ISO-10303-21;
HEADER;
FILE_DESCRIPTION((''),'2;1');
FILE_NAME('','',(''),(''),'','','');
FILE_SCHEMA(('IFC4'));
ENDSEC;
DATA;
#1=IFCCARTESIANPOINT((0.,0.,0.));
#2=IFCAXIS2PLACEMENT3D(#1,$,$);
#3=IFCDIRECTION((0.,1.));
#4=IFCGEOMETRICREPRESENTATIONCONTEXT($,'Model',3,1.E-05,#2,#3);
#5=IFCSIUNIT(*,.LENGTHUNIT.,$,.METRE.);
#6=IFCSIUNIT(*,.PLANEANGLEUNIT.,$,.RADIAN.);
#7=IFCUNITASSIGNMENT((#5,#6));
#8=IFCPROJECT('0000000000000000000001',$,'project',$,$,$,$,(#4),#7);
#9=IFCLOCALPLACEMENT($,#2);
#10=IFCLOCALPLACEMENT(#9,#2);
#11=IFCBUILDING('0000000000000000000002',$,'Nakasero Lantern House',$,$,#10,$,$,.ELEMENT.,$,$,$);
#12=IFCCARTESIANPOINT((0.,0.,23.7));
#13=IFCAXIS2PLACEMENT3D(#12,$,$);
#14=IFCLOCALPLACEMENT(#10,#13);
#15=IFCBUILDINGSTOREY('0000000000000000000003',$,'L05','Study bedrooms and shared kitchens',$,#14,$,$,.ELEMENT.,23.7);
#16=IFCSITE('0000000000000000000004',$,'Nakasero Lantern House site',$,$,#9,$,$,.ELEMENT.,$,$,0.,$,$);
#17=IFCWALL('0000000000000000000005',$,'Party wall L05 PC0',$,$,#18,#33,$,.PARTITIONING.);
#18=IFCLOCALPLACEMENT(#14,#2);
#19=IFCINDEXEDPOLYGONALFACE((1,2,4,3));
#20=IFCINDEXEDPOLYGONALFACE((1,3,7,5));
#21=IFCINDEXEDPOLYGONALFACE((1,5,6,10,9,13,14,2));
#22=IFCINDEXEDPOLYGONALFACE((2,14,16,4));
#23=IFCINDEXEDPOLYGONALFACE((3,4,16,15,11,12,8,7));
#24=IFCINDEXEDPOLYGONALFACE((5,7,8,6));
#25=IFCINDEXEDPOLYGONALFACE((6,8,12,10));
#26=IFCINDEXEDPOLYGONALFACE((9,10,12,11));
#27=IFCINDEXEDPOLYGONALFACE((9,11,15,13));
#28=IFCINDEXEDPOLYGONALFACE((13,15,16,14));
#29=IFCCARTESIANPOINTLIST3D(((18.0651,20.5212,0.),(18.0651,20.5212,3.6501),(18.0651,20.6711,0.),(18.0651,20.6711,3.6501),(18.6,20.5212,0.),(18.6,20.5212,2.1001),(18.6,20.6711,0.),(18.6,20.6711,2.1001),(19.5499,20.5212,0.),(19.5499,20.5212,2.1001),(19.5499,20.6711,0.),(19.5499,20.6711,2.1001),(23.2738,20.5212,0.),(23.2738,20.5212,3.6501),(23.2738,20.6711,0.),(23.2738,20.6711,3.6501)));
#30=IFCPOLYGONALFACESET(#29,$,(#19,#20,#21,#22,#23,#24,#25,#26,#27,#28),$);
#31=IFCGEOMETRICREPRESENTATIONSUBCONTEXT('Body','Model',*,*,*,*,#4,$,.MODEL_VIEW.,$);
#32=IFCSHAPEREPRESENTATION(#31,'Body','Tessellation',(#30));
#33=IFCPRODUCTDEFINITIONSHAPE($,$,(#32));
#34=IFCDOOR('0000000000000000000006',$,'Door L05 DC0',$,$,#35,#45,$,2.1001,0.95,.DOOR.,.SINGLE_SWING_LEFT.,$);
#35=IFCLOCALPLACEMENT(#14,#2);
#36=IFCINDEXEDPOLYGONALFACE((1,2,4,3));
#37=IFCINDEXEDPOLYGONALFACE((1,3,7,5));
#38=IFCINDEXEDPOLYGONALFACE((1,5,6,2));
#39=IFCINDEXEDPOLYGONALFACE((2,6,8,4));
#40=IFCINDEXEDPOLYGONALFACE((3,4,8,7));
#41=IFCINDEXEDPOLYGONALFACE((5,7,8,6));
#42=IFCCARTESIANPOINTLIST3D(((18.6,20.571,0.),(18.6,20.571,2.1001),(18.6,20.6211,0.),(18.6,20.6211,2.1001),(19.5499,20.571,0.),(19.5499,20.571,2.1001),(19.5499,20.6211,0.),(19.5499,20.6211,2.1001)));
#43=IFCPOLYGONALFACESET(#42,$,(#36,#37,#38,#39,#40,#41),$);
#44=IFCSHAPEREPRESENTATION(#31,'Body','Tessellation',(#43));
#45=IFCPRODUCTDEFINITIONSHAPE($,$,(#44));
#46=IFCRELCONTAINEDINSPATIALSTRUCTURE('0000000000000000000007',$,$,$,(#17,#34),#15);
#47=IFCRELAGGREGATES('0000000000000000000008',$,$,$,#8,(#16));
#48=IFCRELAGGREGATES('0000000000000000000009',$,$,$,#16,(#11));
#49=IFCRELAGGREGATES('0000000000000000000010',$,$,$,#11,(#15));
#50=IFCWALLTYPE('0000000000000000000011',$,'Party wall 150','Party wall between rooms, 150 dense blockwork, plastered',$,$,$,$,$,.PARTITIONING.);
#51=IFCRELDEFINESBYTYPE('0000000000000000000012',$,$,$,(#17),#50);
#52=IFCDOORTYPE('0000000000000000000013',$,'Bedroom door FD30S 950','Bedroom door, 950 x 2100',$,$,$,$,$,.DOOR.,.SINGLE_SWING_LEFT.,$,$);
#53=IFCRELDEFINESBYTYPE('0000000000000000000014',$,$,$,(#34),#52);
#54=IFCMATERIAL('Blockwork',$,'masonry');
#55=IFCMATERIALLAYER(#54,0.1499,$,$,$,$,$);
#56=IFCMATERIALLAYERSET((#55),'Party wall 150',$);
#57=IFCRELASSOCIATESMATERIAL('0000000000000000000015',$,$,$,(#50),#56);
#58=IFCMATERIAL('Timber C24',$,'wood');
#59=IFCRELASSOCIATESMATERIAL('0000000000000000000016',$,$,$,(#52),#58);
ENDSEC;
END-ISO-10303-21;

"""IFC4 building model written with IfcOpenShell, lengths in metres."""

from ifc_helpers import new_model, si_unit, direction, frame, frame_2d, origin, place, context, subcontext, project, spatial, rectangle, extrude, material, layer, layer_set, type_object, element, fill, save


model = new_model("IFC4")

# Units and contexts
model_context = context("Model", 3, precision=1e-05, world=origin(), true_north=direction((0.0, 1.0)))
body_context = subcontext(model_context, "Body", "Model", "MODEL_VIEW")
ifc_project = project(units=[si_unit("LENGTHUNIT", "METRE"), si_unit("PLANEANGLEUNIT", "RADIAN")], contexts=[model_context])

# Site, building, storey
site_placement = place(None, origin())
site = spatial("IfcSite", under=ifc_project, at=site_placement, Name="Nakasero Lantern House site", CompositionType="ELEMENT", RefElevation=0.0)
building_placement = place(site_placement, origin())
building = spatial("IfcBuilding", under=site, at=building_placement, Name="Nakasero Lantern House", CompositionType="ELEMENT")
storey_placement = place(building_placement, frame((0.0, 0.0, 23.7)))
storey = spatial("IfcBuildingStorey", under=building, at=storey_placement, Name="L05", Description="Study bedrooms and shared kitchens", CompositionType="ELEMENT", Elevation=23.7)

# Wall, opening, door
ifc_material_1 = material(Name="Blockwork", Category="masonry")
ifc_layer_1 = layer(ifc_material_1, 0.1499)
ifc_layer_set_1 = layer_set([ifc_layer_1], Name="Party wall 150")
wall_type_1 = type_object("IfcWallType", Name="Party wall 150", Description="Party wall between rooms, 150 dense blockwork, plastered", PredefinedType="PARTITIONING", material=ifc_layer_set_1)
wall_1_placement = place(storey_placement, frame((18.0649, 20.5962, 0.0), z_axis=(0.0, 0.0, 1.0), x_axis=(1.0, 0.0, 0.0)))
wall_1 = element("IfcWall", 1, at=wall_1_placement, inside=storey, type_object=wall_type_1, Name="Party wall L05 PC0", PredefinedType="PARTITIONING", context=body_context, shape_type="SweptSolid", body=[
    extrude(rectangle(XDim=5.2087, YDim=0.1499, at=frame_2d((2.6045, 0.0))), origin(), (0.0, 0.0, 1.0), 3.6501),
])
opening_1_placement = place(wall_1_placement, frame((0.5349, 0.0, 0.0)))
opening_1 = element("IfcOpeningElement", 2, at=opening_1_placement, cuts=wall_1, PredefinedType="OPENING", context=body_context, shape_type="SweptSolid", body=[
    extrude(rectangle(XDim=0.95, YDim=2.1001, at=frame_2d((0.4751, 1.05))), frame((0.0, 0.095, 0.0), z_axis=(0.0, -1.0, 0.0), x_axis=(1.0, 0.0, 0.0)), (0.0, 0.0, 1.0), 0.1899),
])
ifc_material_2 = material(Name="Timber C24", Category="wood")
door_type_1 = type_object("IfcDoorType", Name="Bedroom door FD30S 950", Description="Bedroom door, 950 x 2100", OperationType="SINGLE_SWING_LEFT", PredefinedType="DOOR", material=ifc_material_2)
door_1_placement = place(opening_1_placement, origin())
door_1 = element("IfcDoor", 3, at=door_1_placement, inside=storey, type_object=door_type_1, Name="Door L05 DC0", OperationType="SINGLE_SWING_LEFT", OverallHeight=2.1001, OverallWidth=0.95, PredefinedType="DOOR", context=body_context, shape_type="SweptSolid", body=[
    extrude(rectangle(XDim=0.95, YDim=2.1001, at=frame_2d((0.4751, 1.05))), frame((0.0, 0.0249, 0.0), z_axis=(0.0, -1.0, 0.0), x_axis=(1.0, 0.0, 0.0)), (0.0, 0.0, 1.0), 0.05),
])
fill(opening_1, door_1)

save(model, "model.ifc")
